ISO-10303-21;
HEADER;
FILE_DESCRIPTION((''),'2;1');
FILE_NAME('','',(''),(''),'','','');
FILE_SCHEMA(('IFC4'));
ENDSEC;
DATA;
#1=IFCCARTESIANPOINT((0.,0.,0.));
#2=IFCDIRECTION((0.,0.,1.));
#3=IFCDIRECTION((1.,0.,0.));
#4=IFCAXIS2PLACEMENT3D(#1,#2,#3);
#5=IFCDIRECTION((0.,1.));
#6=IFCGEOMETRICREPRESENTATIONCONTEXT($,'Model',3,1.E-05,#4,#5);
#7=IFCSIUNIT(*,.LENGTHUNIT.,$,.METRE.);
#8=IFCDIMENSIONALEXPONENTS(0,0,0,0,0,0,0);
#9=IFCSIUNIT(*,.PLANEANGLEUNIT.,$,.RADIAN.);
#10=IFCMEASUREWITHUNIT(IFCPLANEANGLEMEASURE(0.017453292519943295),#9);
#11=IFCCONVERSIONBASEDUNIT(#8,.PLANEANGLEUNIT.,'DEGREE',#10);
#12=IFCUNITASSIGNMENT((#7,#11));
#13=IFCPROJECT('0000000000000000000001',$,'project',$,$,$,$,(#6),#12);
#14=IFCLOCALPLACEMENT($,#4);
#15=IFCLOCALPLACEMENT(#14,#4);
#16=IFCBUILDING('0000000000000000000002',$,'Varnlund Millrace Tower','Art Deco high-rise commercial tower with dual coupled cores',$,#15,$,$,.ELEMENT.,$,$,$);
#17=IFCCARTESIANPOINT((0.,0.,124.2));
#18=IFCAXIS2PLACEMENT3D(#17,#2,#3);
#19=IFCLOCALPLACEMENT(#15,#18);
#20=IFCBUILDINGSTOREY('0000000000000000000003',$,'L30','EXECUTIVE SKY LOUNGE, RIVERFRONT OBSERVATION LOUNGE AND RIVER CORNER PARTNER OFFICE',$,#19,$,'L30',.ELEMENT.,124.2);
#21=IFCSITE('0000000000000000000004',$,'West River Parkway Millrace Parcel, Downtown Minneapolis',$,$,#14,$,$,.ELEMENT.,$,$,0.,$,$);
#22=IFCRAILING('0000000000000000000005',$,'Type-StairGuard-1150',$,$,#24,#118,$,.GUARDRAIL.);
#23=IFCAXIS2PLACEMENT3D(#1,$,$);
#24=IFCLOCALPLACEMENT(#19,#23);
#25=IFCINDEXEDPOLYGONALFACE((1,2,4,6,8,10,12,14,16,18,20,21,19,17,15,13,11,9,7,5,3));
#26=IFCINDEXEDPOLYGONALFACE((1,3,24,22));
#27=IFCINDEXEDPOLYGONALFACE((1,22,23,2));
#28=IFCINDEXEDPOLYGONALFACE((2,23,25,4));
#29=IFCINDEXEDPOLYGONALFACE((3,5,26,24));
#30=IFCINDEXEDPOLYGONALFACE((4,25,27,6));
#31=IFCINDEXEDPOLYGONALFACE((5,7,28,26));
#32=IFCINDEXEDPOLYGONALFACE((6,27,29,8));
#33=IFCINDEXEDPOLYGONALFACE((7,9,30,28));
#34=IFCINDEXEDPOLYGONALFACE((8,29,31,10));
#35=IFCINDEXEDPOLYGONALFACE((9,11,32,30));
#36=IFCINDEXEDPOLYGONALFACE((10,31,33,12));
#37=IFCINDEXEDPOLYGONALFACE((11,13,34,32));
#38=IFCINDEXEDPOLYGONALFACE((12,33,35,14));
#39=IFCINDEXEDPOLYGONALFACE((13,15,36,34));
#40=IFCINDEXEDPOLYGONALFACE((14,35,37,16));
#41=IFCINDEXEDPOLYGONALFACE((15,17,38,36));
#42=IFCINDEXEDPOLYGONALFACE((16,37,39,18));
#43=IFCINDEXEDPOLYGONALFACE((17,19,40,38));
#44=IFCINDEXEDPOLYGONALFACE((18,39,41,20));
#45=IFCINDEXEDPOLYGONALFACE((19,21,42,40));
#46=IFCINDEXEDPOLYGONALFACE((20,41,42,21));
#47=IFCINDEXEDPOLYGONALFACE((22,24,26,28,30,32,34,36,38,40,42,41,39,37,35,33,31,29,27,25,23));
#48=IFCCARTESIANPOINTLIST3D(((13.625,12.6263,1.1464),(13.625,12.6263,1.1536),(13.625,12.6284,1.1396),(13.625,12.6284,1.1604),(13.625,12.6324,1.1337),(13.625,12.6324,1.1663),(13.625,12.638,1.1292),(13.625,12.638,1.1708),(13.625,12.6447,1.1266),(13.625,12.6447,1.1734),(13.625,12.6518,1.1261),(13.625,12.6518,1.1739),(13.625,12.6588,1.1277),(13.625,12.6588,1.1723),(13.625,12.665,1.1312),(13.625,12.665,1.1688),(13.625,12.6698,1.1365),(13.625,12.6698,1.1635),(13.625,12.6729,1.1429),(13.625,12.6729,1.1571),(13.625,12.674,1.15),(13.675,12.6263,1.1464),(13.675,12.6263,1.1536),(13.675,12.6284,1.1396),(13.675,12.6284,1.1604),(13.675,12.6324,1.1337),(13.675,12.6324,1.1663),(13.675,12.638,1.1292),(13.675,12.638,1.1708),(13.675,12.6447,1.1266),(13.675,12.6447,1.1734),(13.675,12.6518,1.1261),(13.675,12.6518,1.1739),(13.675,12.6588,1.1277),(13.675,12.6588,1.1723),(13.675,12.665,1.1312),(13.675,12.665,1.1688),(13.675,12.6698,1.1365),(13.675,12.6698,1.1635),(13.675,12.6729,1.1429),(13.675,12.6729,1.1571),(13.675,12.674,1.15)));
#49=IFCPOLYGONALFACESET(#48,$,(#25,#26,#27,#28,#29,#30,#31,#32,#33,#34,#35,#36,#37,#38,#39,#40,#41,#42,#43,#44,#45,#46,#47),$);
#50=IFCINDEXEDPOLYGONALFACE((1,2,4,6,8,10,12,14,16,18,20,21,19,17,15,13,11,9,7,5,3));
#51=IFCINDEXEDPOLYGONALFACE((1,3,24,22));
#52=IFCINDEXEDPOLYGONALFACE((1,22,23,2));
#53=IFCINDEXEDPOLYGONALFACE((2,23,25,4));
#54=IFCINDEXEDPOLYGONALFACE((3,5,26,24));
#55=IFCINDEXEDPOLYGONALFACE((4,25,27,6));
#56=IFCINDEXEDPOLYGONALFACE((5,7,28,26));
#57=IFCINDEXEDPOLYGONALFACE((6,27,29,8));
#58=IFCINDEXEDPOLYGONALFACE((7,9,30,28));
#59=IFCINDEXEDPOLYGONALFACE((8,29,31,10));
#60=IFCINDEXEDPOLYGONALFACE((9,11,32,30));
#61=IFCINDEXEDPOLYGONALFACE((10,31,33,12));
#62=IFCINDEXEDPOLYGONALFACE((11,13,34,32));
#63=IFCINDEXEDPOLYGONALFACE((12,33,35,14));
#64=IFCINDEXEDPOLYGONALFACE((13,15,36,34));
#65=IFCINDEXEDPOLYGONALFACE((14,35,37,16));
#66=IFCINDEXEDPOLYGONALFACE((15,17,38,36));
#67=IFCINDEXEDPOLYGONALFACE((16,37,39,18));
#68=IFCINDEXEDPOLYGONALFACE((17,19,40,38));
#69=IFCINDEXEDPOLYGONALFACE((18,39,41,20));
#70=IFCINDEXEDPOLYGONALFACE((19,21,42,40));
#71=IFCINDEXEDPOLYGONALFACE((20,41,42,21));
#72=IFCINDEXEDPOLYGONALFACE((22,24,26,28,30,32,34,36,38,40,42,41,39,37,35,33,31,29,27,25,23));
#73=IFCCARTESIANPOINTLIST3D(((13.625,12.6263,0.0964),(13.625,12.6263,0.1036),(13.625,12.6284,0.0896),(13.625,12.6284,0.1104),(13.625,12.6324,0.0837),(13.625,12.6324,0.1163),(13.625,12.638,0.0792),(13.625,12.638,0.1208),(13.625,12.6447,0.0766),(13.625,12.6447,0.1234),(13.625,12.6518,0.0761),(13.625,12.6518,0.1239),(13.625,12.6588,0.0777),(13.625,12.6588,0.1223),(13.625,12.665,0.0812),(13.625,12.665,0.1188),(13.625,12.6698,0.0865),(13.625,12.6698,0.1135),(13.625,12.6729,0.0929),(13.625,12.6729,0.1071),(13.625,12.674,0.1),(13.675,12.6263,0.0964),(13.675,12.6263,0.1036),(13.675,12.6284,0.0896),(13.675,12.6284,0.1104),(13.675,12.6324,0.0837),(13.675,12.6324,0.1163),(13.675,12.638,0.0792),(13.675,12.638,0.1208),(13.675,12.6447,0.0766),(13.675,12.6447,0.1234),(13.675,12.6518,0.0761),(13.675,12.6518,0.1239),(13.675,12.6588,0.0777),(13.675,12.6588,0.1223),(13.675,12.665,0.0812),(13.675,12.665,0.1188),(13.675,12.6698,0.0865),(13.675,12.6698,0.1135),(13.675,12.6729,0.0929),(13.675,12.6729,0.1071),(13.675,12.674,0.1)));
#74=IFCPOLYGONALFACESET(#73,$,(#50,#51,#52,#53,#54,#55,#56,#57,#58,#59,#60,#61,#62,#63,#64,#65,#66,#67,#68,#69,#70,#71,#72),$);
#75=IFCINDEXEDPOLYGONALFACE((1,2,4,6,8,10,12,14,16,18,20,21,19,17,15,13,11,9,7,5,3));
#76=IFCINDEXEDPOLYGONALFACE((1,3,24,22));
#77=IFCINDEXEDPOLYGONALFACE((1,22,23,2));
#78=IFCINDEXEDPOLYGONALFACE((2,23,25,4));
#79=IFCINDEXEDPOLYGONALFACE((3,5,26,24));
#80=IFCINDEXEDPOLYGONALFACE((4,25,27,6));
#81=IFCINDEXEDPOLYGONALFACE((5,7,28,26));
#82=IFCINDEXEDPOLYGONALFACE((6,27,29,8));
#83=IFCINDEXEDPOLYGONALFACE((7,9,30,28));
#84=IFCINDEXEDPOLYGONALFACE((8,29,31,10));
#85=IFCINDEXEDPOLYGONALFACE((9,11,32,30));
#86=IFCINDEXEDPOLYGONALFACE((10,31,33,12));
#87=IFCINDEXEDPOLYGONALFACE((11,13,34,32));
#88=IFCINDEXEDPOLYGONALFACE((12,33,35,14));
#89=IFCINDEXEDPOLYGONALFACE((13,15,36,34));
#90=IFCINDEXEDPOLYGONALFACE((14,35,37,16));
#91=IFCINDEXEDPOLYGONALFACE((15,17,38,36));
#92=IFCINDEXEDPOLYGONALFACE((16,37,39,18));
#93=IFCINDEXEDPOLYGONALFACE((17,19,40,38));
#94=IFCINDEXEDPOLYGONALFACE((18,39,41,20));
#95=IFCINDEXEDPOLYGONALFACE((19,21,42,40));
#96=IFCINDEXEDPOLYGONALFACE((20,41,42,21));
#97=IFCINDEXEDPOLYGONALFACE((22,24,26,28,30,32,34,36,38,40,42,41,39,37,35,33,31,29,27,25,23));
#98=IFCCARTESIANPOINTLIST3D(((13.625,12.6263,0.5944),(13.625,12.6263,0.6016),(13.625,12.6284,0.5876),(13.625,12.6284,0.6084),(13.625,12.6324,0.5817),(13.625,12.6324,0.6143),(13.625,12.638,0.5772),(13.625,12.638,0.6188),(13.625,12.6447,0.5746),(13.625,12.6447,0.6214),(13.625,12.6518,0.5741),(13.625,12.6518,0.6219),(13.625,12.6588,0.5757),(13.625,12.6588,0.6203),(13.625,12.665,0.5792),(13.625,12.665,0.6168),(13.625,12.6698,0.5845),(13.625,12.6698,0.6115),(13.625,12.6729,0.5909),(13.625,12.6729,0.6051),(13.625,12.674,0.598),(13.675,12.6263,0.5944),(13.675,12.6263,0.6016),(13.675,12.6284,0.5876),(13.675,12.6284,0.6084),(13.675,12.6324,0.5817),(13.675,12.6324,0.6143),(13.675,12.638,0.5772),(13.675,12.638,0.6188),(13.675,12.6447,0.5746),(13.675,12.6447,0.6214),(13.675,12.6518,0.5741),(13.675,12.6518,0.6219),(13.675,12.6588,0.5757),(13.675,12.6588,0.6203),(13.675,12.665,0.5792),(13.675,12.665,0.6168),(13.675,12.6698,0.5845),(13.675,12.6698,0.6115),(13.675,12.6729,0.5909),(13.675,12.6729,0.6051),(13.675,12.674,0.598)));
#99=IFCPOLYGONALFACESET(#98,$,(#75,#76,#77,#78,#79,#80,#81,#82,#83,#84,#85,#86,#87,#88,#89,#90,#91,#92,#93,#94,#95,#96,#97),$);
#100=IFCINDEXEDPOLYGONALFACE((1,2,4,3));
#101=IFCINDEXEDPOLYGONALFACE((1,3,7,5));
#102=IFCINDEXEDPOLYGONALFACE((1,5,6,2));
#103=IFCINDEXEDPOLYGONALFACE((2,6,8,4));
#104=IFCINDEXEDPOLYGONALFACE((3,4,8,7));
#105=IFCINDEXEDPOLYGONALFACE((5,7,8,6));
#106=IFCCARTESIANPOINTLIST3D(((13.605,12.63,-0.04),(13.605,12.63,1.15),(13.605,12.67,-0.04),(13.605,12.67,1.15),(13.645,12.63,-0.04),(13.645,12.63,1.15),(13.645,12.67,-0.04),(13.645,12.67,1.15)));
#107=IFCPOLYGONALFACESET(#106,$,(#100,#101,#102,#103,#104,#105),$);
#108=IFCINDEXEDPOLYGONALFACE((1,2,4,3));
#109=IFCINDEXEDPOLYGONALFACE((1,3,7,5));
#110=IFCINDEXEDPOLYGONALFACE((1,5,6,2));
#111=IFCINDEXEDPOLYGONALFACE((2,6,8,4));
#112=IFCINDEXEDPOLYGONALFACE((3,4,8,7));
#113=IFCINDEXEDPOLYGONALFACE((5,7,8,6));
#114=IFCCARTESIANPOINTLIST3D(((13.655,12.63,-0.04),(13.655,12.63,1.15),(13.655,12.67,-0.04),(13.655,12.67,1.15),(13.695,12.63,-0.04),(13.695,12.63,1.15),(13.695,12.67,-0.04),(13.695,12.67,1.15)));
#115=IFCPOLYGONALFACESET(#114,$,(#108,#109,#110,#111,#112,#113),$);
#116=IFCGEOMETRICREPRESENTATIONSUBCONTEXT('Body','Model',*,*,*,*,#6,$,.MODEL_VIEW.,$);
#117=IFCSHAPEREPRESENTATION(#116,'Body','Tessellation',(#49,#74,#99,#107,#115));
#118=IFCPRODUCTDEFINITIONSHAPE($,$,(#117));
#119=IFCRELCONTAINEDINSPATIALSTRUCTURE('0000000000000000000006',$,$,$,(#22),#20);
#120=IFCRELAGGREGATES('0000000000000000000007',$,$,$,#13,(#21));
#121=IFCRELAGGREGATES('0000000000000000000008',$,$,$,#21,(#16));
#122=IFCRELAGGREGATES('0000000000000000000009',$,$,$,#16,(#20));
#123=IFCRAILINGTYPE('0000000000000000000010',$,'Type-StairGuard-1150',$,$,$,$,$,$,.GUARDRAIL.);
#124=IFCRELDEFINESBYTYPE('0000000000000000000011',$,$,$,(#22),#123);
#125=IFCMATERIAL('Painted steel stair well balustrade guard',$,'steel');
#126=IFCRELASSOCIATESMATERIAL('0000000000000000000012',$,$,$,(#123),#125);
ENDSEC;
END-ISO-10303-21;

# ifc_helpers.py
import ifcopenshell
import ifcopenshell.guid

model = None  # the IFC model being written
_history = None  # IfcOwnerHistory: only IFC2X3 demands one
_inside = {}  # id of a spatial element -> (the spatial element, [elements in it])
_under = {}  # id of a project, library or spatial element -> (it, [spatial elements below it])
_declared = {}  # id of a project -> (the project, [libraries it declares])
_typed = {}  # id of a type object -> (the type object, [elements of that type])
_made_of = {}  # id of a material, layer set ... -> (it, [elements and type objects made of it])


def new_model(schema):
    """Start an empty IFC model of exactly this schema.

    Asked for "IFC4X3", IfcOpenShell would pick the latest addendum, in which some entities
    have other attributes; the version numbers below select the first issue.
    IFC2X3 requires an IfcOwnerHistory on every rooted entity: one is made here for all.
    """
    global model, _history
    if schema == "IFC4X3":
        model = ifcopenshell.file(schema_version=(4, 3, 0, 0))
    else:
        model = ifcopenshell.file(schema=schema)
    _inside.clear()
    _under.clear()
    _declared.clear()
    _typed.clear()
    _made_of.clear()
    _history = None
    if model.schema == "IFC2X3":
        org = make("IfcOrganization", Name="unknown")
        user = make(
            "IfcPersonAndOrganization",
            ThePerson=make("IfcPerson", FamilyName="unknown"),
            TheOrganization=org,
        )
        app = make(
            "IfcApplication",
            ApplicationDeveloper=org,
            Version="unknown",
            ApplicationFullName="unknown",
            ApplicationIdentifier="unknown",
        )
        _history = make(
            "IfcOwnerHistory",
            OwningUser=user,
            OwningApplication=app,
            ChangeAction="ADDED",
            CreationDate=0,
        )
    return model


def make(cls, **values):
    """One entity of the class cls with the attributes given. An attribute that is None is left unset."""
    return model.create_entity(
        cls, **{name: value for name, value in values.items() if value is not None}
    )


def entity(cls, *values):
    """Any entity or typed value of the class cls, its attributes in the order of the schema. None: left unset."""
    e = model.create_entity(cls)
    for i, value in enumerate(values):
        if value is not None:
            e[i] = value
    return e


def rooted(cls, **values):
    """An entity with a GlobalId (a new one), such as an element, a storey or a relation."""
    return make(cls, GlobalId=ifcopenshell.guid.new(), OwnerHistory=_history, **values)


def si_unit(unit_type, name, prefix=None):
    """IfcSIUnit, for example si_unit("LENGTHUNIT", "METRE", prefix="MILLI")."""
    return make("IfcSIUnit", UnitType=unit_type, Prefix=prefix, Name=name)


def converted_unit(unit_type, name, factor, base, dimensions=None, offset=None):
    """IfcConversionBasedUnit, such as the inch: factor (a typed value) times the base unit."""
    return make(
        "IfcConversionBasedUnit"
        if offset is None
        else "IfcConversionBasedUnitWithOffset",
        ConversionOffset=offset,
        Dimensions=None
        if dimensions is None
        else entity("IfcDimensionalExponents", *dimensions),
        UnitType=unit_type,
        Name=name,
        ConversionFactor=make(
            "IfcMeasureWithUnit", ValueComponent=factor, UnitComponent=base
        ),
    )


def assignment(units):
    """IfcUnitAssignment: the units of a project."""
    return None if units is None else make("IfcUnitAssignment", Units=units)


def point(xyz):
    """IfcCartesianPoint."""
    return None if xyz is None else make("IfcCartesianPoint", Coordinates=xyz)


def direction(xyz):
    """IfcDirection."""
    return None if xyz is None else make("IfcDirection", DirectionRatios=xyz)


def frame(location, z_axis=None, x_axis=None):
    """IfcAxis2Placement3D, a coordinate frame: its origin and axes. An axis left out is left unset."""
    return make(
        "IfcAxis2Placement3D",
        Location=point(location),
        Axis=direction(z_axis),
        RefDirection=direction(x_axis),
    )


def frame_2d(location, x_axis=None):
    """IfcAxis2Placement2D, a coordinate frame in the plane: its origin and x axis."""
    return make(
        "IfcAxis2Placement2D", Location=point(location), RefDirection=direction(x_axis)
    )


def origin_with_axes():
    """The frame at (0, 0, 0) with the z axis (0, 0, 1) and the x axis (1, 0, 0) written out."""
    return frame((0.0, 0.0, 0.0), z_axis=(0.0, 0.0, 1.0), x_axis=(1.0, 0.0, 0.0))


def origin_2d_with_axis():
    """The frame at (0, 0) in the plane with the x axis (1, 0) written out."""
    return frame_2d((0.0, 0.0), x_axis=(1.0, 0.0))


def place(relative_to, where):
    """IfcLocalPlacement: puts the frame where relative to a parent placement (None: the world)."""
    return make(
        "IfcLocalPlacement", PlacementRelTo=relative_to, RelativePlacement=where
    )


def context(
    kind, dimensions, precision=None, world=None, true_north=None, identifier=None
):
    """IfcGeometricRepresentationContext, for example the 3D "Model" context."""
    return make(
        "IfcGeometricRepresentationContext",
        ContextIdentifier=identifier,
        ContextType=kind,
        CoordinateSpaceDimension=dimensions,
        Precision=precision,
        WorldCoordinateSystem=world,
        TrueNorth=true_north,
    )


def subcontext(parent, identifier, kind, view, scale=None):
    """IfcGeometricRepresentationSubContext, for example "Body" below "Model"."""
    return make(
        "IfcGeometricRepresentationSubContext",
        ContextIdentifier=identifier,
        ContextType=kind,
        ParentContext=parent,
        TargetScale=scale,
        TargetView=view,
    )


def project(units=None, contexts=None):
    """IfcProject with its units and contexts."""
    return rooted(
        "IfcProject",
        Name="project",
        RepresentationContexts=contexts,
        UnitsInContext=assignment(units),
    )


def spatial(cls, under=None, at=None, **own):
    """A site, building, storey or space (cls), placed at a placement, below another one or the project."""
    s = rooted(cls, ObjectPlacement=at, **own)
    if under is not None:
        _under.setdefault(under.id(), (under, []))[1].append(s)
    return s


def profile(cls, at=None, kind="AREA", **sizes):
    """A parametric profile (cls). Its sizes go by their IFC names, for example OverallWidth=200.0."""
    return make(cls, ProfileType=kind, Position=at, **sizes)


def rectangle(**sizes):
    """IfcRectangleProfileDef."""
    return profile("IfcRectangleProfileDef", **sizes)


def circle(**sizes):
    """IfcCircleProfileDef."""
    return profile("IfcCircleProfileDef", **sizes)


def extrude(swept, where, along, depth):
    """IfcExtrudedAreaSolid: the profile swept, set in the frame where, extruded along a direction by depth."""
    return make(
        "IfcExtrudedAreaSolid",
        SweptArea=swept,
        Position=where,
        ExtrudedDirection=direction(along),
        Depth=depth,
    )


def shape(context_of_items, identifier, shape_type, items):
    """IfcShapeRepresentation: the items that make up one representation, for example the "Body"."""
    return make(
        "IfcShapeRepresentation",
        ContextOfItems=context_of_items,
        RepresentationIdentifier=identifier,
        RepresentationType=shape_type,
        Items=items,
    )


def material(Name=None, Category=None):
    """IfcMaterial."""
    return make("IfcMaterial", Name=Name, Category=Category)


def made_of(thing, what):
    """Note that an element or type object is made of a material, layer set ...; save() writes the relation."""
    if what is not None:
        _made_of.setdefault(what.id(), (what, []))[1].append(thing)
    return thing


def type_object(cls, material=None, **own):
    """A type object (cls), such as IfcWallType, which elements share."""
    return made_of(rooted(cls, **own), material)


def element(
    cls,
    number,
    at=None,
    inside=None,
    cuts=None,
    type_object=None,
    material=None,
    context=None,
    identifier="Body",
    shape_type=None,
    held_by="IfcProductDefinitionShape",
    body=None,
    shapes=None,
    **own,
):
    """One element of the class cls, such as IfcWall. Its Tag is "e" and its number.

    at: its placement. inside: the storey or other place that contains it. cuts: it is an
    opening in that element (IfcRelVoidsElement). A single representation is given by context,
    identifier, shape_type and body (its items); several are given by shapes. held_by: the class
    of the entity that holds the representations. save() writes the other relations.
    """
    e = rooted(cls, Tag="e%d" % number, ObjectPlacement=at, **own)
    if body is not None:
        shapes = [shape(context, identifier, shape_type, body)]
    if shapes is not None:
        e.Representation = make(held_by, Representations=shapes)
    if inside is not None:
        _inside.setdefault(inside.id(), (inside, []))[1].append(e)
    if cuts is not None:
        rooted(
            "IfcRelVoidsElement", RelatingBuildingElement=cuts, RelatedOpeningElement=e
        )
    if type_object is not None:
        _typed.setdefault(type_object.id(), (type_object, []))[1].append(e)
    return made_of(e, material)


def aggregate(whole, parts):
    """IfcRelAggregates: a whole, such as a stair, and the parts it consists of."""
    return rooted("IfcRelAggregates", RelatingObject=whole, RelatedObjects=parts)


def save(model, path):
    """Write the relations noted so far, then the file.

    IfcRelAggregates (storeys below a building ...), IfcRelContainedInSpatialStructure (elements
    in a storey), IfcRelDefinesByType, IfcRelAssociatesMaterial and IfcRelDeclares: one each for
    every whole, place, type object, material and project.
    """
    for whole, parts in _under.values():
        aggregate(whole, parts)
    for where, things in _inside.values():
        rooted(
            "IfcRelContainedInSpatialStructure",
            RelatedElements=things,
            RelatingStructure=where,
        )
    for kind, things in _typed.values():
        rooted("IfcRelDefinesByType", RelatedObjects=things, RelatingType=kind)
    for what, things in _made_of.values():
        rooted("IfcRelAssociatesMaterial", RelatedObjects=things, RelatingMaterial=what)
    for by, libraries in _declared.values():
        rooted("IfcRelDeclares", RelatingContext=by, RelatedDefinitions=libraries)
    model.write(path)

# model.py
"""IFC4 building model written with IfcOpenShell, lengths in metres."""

from ifc_helpers import new_model, entity, si_unit, converted_unit, direction, frame, origin_with_axes, origin_2d_with_axis, place, context, subcontext, project, spatial, rectangle, circle, extrude, material, type_object, element, save


model = new_model("IFC4")

# Units and contexts
model_context = context("Model", 3, precision=1e-05, world=origin_with_axes(), true_north=direction((0.0, 1.0)))
body_context = subcontext(model_context, "Body", "Model", "MODEL_VIEW")
ifc_project = project(units=[si_unit("LENGTHUNIT", "METRE"), converted_unit("PLANEANGLEUNIT", "DEGREE", entity("IfcPlaneAngleMeasure", 0.017453292519943295), si_unit("PLANEANGLEUNIT", "RADIAN"), dimensions=[0, 0, 0, 0, 0, 0, 0])], contexts=[model_context])

# Site, building, storey
site_placement = place(None, origin_with_axes())
site = spatial("IfcSite", under=ifc_project, at=site_placement, Name="West River Parkway Millrace Parcel, Downtown Minneapolis", CompositionType="ELEMENT", RefElevation=0.0)
building_placement = place(site_placement, origin_with_axes())
building = spatial("IfcBuilding", under=site, at=building_placement, Name="Varnlund Millrace Tower", Description="Art Deco high-rise commercial tower with dual coupled cores", CompositionType="ELEMENT")
storey_placement = place(building_placement, frame((0.0, 0.0, 124.2), z_axis=(0.0, 0.0, 1.0), x_axis=(1.0, 0.0, 0.0)))
storey = spatial("IfcBuildingStorey", under=building, at=storey_placement, Name="L30", Description="EXECUTIVE SKY LOUNGE, RIVERFRONT OBSERVATION LOUNGE AND RIVER CORNER PARTNER OFFICE", LongName="L30", CompositionType="ELEMENT", Elevation=124.2)

# Railing
ifc_material_1 = material(Name="Painted steel stair well balustrade guard", Category="steel")
railing_type_1 = type_object("IfcRailingType", Name="Type-StairGuard-1150", PredefinedType="GUARDRAIL", material=ifc_material_1)
railing_1_placement = place(storey_placement, frame((0.0, 0.0, -124.2), z_axis=(0.0, 0.0, 1.0), x_axis=(1.0, 0.0, 0.0)))
element("IfcRailing", 1, at=railing_1_placement, inside=storey, type_object=railing_type_1, Name="Type-StairGuard-1150", PredefinedType="GUARDRAIL", context=body_context, shape_type="SweptSolid", body=[
    extrude(circle(Radius=0.024, at=origin_2d_with_axis()), frame((13.625, 12.65, 125.35), z_axis=(1.0, 0.0, 0.0), x_axis=(0.0, 1.0, 0.0)), (0.0, 0.0, 1.0), 0.05),
    extrude(circle(Radius=0.024, at=origin_2d_with_axis()), frame((13.625, 12.65, 124.3), z_axis=(1.0, 0.0, 0.0), x_axis=(0.0, 1.0, 0.0)), (0.0, 0.0, 1.0), 0.05),
    extrude(circle(Radius=0.024, at=origin_2d_with_axis()), frame((13.625, 12.65, 124.798), z_axis=(1.0, 0.0, 0.0), x_axis=(0.0, 1.0, 0.0)), (0.0, 0.0, 1.0), 0.05),
    extrude(rectangle(XDim=0.04, YDim=0.04, at=origin_2d_with_axis()), frame((13.625, 12.65, 124.16), z_axis=(0.0, 0.0, 1.0), x_axis=(1.0, 0.0, 0.0)), (0.0, 0.0, 1.0), 1.19),
    extrude(rectangle(XDim=0.04, YDim=0.04, at=origin_2d_with_axis()), frame((13.675, 12.65, 124.16), z_axis=(0.0, 0.0, 1.0), x_axis=(1.0, 0.0, 0.0)), (0.0, 0.0, 1.0), 1.19),
])

save(model, "model.ifc")
